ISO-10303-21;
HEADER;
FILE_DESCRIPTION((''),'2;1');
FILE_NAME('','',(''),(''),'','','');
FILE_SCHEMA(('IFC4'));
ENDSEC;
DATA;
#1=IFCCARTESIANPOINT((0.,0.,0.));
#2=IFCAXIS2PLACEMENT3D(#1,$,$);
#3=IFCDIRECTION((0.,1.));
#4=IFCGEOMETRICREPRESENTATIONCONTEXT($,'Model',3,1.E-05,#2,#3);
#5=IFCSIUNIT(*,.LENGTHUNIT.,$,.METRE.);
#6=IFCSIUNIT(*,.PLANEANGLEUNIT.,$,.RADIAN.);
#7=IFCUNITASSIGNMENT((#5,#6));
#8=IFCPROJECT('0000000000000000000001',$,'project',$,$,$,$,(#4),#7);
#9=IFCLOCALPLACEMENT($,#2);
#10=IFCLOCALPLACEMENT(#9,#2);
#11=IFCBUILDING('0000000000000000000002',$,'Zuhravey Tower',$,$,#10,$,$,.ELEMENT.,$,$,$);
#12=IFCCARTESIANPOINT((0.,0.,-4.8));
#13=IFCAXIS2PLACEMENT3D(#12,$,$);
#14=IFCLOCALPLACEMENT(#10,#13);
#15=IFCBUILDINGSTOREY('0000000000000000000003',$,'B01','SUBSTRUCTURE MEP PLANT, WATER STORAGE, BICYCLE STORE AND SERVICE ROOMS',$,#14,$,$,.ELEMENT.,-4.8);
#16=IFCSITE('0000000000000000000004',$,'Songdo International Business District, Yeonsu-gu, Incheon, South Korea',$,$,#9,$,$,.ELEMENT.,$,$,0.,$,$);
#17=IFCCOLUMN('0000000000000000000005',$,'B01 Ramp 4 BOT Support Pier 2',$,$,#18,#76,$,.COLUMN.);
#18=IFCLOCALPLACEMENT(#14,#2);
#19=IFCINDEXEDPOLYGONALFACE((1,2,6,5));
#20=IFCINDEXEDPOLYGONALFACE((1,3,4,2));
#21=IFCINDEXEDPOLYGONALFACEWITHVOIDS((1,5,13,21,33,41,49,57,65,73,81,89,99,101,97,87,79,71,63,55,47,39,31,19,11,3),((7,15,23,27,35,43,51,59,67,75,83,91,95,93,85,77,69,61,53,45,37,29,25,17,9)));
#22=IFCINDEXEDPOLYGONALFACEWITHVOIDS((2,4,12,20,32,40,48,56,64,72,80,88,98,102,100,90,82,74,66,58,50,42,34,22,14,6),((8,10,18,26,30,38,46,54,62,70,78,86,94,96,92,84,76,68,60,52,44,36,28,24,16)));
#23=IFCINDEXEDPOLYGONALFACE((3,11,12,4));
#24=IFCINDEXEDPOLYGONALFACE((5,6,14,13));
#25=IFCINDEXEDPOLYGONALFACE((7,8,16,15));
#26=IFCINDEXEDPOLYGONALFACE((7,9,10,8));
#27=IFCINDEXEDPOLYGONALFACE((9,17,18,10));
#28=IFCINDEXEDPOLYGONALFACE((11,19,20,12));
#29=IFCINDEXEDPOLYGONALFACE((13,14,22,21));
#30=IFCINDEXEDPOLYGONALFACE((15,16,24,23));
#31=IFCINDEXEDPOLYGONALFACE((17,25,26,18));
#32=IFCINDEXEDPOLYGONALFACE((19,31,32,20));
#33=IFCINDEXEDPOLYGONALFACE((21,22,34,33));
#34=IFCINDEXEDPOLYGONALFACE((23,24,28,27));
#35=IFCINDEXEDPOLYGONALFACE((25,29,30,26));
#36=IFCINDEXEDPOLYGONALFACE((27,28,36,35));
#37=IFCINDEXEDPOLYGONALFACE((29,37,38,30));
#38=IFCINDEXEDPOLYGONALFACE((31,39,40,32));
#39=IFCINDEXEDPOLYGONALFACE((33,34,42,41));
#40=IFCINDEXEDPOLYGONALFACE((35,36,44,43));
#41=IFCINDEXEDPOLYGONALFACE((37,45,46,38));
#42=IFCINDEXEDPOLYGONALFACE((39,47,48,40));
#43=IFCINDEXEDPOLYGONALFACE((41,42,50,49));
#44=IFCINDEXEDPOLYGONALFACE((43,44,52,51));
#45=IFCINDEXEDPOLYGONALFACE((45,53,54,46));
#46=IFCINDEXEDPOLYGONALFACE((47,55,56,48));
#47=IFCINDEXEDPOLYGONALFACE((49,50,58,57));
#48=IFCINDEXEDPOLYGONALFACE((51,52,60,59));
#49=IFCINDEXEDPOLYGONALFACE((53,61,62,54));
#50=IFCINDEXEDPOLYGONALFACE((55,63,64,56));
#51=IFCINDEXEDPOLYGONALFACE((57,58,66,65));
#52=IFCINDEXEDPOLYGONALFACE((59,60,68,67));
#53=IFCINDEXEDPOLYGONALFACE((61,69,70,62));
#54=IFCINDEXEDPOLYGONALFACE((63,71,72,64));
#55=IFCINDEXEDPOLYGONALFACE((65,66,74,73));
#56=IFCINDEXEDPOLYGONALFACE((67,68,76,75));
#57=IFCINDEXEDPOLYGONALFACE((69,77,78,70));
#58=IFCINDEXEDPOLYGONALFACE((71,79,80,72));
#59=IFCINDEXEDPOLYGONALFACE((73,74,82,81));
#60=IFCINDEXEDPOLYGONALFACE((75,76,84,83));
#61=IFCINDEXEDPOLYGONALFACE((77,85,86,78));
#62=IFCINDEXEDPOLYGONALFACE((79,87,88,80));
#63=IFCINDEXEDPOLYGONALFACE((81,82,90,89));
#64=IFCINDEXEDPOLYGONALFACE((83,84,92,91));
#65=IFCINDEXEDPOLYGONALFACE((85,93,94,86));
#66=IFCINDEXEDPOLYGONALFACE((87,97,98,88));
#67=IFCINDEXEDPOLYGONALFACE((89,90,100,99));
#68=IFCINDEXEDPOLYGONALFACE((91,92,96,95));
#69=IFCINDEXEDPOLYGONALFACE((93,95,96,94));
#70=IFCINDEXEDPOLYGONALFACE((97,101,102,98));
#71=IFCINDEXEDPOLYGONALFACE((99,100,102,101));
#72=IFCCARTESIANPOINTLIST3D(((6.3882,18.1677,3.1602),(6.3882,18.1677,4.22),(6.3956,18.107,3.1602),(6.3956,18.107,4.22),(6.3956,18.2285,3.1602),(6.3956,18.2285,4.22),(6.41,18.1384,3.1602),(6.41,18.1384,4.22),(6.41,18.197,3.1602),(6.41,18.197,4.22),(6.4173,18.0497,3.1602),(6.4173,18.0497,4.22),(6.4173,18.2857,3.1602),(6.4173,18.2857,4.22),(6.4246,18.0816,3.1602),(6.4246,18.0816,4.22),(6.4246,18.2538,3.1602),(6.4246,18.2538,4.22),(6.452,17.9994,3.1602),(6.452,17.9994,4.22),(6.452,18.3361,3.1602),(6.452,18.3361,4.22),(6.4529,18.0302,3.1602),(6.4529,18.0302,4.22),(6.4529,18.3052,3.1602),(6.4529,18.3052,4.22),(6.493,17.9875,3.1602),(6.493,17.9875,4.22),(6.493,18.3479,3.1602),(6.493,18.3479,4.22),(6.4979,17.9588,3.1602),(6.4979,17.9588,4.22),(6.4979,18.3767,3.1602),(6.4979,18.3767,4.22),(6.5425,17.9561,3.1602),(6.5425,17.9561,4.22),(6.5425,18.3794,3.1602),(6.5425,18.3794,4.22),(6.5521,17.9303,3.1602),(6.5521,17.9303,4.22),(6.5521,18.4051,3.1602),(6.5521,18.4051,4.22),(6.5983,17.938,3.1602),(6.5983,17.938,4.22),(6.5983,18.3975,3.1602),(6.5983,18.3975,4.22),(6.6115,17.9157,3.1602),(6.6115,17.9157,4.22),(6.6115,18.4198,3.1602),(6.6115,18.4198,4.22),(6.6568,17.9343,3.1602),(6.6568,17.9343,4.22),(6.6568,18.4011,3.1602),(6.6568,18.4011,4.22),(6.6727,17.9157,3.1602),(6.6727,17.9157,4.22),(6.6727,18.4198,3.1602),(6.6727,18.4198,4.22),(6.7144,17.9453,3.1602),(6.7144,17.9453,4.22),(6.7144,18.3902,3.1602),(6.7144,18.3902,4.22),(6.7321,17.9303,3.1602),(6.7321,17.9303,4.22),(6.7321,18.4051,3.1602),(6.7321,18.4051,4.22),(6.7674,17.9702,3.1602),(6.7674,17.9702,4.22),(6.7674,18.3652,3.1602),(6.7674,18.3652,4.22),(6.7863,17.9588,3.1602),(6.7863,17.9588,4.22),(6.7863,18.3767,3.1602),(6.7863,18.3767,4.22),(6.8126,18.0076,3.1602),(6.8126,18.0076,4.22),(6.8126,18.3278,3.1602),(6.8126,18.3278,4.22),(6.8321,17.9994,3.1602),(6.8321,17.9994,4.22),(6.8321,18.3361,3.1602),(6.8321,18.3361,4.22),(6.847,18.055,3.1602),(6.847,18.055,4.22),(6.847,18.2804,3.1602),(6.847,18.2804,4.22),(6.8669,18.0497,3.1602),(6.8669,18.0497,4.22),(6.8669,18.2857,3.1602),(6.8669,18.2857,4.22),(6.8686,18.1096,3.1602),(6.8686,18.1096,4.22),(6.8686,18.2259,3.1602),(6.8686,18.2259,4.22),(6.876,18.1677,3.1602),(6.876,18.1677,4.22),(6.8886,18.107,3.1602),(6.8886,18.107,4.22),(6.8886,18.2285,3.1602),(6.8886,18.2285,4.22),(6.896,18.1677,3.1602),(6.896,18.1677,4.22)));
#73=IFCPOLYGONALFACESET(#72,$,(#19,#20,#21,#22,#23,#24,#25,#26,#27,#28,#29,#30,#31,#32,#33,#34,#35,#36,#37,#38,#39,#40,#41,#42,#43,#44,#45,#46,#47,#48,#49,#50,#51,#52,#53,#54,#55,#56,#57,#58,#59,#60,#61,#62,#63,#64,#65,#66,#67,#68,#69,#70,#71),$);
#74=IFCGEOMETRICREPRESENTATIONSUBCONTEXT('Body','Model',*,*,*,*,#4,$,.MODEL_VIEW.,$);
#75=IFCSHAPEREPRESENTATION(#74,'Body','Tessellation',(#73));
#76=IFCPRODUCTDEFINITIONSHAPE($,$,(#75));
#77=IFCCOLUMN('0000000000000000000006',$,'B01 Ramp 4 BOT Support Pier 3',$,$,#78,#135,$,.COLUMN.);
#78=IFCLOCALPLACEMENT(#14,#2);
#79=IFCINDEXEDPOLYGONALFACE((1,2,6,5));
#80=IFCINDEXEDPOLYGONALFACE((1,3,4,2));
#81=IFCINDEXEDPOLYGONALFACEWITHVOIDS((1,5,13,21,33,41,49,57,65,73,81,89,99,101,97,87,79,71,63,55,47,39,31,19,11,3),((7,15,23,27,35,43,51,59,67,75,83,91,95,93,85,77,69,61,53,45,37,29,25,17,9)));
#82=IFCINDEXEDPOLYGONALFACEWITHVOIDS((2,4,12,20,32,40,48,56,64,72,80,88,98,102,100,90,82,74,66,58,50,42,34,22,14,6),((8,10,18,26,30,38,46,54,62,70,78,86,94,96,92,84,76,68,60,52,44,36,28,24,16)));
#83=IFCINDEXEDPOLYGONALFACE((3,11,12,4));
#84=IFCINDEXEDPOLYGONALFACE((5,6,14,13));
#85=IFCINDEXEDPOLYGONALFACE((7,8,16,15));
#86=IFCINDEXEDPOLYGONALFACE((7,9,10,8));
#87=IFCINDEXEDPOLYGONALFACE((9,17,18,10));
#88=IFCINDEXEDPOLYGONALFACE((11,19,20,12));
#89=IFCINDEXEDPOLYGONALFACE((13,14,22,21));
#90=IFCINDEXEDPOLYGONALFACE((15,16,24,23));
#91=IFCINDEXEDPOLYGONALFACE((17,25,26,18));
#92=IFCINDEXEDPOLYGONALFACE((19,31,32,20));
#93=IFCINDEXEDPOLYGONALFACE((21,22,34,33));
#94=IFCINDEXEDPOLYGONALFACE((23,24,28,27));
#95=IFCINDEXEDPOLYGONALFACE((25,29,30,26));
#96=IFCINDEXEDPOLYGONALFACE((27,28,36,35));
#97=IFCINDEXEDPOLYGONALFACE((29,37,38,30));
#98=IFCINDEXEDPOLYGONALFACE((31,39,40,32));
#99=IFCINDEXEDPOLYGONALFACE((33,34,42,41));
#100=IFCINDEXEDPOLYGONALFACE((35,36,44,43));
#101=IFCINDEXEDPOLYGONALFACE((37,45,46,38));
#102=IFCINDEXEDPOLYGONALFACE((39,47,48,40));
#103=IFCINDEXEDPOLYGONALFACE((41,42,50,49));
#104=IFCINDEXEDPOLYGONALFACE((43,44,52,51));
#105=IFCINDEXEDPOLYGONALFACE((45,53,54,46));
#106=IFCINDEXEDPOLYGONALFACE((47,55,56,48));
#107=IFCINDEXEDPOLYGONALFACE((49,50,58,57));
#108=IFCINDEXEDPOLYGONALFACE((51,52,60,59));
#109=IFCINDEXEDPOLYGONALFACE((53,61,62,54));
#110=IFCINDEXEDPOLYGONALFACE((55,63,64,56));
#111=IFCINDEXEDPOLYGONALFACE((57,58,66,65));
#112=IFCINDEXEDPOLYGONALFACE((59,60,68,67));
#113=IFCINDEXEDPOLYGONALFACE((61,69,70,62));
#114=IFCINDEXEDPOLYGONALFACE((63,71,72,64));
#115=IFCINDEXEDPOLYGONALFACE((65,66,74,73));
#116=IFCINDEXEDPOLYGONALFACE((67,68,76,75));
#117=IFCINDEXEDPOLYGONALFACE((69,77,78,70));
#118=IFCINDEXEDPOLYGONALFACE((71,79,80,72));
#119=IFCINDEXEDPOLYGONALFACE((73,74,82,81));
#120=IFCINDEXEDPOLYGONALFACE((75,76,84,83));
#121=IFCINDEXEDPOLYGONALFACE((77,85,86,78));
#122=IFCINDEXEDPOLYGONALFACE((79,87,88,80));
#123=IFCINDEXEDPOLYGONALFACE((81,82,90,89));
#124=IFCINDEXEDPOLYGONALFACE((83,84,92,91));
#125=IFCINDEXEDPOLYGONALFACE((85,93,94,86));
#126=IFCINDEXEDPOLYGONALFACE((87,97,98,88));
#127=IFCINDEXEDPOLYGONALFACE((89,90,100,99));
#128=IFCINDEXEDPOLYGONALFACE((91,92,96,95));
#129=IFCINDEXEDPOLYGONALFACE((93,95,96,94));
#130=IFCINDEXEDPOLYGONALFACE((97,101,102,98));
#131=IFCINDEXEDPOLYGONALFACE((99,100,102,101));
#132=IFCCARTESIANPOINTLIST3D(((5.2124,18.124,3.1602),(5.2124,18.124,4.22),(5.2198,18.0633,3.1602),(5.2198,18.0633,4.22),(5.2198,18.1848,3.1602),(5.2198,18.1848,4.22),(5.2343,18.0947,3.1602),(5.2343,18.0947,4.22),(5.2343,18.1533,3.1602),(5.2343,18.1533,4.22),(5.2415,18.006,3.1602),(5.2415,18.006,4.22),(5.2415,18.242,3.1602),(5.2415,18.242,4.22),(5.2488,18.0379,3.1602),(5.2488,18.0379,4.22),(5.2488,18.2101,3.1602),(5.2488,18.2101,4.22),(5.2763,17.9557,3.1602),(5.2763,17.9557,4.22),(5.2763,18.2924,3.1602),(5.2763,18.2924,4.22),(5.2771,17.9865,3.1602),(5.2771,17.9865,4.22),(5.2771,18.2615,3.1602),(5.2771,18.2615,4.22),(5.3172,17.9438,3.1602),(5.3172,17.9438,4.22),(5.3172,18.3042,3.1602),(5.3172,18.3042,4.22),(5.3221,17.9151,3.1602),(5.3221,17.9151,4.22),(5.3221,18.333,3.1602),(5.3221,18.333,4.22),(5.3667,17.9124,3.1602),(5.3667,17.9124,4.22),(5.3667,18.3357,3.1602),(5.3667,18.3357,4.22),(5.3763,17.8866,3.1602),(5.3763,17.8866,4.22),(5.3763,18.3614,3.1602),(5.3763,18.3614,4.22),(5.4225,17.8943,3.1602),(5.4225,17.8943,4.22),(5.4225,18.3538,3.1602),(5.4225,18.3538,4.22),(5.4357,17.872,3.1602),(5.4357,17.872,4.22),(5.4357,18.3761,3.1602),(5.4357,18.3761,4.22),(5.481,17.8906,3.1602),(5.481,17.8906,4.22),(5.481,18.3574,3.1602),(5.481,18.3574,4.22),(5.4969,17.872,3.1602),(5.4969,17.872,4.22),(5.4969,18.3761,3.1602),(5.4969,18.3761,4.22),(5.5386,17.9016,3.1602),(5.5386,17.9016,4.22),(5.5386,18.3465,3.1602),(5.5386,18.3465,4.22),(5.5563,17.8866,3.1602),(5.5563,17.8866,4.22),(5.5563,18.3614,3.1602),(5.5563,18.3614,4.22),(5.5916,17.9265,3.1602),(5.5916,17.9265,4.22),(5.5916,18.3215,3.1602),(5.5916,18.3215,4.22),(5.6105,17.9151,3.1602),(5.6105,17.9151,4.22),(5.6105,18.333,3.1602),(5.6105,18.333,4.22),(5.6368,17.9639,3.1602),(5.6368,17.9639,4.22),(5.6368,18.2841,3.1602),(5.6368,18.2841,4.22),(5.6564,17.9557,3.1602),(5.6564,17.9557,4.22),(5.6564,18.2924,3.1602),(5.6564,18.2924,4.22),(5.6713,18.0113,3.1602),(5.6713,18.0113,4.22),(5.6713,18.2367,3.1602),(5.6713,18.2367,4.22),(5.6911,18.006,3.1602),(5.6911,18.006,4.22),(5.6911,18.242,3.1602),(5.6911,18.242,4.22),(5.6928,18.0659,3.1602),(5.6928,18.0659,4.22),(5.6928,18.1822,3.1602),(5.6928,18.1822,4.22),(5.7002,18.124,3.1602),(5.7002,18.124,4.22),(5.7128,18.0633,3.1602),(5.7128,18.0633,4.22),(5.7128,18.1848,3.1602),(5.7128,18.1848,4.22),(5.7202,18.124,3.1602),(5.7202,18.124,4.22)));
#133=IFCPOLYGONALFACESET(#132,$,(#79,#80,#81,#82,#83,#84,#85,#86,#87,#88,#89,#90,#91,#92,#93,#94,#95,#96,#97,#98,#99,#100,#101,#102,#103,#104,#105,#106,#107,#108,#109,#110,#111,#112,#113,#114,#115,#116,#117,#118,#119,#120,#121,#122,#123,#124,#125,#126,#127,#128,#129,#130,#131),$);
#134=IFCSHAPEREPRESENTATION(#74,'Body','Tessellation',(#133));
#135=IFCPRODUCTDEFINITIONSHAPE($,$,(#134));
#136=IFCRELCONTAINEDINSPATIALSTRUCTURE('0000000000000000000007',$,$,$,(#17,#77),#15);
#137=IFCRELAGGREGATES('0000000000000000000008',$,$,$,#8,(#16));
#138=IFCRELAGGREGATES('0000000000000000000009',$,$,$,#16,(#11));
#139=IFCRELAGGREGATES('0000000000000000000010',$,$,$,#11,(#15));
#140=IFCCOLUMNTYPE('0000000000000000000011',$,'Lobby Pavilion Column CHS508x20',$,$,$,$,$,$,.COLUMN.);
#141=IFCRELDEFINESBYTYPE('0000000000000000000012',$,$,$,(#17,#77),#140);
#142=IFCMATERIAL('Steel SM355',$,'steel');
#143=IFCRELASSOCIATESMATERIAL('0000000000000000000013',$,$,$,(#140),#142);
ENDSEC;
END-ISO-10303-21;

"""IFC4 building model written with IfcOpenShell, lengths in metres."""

from ifc_helpers import new_model, si_unit, direction, frame, origin, origin_2d, place, context, subcontext, project, spatial, hollow_circle, extrude, material, material_profile, profile_set, type_object, element, save


model = new_model("IFC4")

# Units and contexts
model_context = context("Model", 3, precision=1e-05, world=origin(), true_north=direction((0.0, 1.0)))
body_context = subcontext(model_context, "Body", "Model", "MODEL_VIEW")
ifc_project = project(units=[si_unit("LENGTHUNIT", "METRE"), si_unit("PLANEANGLEUNIT", "RADIAN")], contexts=[model_context])

# Site, building, storey
site_placement = place(None, origin())
site = spatial("IfcSite", under=ifc_project, at=site_placement, Name="Songdo International Business District, Yeonsu-gu, Incheon, South Korea", CompositionType="ELEMENT", RefElevation=0.0)
building_placement = place(site_placement, origin())
building = spatial("IfcBuilding", under=site, at=building_placement, Name="Zuhravey Tower", CompositionType="ELEMENT")
storey_placement = place(building_placement, frame((0.0, 0.0, -4.8)))
storey = spatial("IfcBuildingStorey", under=building, at=storey_placement, Name="B01", Description="SUBSTRUCTURE MEP PLANT, WATER STORAGE, BICYCLE STORE AND SERVICE ROOMS", CompositionType="ELEMENT", Elevation=-4.8)

# Columns
ifc_material_1 = material(Name="Steel SM355", Category="steel")
ifc_material_profile_1 = material_profile(ifc_material_1, hollow_circle(Radius=0.2539, WallThickness=0.02, at=origin_2d()), Name="CHS-508x20")
ifc_profile_set_1 = profile_set([ifc_material_profile_1], Name="Steel SM355")
column_type_1 = type_object("IfcColumnType", Name="Lobby Pavilion Column CHS508x20", PredefinedType="COLUMN", material=ifc_profile_set_1)
for number, where, z_axis, x_axis, name in (
    (1, (6.6421, 18.1677, 3.1602), (0.0, 0.0, 1.0), (1.0, 0.0, 0.0), "B01 Ramp 4 BOT Support Pier 2"),
    (2, (5.4663, 18.124, 3.1602), (0.0, 0.0, 1.0), (1.0, 0.0, 0.0), "B01 Ramp 4 BOT Support Pier 3"),
):
    element("IfcColumn", number, at=place(storey_placement, frame(where, z_axis=z_axis, x_axis=x_axis)), inside=storey, type_object=column_type_1, Name=name, PredefinedType="COLUMN", context=body_context, shape_type="SweptSolid", body=[
        extrude(hollow_circle(Radius=0.2539, WallThickness=0.02, at=origin_2d()), origin(), (0.0, 0.0, 1.0), 1.0598),
    ])

save(model, "model.ifc")
